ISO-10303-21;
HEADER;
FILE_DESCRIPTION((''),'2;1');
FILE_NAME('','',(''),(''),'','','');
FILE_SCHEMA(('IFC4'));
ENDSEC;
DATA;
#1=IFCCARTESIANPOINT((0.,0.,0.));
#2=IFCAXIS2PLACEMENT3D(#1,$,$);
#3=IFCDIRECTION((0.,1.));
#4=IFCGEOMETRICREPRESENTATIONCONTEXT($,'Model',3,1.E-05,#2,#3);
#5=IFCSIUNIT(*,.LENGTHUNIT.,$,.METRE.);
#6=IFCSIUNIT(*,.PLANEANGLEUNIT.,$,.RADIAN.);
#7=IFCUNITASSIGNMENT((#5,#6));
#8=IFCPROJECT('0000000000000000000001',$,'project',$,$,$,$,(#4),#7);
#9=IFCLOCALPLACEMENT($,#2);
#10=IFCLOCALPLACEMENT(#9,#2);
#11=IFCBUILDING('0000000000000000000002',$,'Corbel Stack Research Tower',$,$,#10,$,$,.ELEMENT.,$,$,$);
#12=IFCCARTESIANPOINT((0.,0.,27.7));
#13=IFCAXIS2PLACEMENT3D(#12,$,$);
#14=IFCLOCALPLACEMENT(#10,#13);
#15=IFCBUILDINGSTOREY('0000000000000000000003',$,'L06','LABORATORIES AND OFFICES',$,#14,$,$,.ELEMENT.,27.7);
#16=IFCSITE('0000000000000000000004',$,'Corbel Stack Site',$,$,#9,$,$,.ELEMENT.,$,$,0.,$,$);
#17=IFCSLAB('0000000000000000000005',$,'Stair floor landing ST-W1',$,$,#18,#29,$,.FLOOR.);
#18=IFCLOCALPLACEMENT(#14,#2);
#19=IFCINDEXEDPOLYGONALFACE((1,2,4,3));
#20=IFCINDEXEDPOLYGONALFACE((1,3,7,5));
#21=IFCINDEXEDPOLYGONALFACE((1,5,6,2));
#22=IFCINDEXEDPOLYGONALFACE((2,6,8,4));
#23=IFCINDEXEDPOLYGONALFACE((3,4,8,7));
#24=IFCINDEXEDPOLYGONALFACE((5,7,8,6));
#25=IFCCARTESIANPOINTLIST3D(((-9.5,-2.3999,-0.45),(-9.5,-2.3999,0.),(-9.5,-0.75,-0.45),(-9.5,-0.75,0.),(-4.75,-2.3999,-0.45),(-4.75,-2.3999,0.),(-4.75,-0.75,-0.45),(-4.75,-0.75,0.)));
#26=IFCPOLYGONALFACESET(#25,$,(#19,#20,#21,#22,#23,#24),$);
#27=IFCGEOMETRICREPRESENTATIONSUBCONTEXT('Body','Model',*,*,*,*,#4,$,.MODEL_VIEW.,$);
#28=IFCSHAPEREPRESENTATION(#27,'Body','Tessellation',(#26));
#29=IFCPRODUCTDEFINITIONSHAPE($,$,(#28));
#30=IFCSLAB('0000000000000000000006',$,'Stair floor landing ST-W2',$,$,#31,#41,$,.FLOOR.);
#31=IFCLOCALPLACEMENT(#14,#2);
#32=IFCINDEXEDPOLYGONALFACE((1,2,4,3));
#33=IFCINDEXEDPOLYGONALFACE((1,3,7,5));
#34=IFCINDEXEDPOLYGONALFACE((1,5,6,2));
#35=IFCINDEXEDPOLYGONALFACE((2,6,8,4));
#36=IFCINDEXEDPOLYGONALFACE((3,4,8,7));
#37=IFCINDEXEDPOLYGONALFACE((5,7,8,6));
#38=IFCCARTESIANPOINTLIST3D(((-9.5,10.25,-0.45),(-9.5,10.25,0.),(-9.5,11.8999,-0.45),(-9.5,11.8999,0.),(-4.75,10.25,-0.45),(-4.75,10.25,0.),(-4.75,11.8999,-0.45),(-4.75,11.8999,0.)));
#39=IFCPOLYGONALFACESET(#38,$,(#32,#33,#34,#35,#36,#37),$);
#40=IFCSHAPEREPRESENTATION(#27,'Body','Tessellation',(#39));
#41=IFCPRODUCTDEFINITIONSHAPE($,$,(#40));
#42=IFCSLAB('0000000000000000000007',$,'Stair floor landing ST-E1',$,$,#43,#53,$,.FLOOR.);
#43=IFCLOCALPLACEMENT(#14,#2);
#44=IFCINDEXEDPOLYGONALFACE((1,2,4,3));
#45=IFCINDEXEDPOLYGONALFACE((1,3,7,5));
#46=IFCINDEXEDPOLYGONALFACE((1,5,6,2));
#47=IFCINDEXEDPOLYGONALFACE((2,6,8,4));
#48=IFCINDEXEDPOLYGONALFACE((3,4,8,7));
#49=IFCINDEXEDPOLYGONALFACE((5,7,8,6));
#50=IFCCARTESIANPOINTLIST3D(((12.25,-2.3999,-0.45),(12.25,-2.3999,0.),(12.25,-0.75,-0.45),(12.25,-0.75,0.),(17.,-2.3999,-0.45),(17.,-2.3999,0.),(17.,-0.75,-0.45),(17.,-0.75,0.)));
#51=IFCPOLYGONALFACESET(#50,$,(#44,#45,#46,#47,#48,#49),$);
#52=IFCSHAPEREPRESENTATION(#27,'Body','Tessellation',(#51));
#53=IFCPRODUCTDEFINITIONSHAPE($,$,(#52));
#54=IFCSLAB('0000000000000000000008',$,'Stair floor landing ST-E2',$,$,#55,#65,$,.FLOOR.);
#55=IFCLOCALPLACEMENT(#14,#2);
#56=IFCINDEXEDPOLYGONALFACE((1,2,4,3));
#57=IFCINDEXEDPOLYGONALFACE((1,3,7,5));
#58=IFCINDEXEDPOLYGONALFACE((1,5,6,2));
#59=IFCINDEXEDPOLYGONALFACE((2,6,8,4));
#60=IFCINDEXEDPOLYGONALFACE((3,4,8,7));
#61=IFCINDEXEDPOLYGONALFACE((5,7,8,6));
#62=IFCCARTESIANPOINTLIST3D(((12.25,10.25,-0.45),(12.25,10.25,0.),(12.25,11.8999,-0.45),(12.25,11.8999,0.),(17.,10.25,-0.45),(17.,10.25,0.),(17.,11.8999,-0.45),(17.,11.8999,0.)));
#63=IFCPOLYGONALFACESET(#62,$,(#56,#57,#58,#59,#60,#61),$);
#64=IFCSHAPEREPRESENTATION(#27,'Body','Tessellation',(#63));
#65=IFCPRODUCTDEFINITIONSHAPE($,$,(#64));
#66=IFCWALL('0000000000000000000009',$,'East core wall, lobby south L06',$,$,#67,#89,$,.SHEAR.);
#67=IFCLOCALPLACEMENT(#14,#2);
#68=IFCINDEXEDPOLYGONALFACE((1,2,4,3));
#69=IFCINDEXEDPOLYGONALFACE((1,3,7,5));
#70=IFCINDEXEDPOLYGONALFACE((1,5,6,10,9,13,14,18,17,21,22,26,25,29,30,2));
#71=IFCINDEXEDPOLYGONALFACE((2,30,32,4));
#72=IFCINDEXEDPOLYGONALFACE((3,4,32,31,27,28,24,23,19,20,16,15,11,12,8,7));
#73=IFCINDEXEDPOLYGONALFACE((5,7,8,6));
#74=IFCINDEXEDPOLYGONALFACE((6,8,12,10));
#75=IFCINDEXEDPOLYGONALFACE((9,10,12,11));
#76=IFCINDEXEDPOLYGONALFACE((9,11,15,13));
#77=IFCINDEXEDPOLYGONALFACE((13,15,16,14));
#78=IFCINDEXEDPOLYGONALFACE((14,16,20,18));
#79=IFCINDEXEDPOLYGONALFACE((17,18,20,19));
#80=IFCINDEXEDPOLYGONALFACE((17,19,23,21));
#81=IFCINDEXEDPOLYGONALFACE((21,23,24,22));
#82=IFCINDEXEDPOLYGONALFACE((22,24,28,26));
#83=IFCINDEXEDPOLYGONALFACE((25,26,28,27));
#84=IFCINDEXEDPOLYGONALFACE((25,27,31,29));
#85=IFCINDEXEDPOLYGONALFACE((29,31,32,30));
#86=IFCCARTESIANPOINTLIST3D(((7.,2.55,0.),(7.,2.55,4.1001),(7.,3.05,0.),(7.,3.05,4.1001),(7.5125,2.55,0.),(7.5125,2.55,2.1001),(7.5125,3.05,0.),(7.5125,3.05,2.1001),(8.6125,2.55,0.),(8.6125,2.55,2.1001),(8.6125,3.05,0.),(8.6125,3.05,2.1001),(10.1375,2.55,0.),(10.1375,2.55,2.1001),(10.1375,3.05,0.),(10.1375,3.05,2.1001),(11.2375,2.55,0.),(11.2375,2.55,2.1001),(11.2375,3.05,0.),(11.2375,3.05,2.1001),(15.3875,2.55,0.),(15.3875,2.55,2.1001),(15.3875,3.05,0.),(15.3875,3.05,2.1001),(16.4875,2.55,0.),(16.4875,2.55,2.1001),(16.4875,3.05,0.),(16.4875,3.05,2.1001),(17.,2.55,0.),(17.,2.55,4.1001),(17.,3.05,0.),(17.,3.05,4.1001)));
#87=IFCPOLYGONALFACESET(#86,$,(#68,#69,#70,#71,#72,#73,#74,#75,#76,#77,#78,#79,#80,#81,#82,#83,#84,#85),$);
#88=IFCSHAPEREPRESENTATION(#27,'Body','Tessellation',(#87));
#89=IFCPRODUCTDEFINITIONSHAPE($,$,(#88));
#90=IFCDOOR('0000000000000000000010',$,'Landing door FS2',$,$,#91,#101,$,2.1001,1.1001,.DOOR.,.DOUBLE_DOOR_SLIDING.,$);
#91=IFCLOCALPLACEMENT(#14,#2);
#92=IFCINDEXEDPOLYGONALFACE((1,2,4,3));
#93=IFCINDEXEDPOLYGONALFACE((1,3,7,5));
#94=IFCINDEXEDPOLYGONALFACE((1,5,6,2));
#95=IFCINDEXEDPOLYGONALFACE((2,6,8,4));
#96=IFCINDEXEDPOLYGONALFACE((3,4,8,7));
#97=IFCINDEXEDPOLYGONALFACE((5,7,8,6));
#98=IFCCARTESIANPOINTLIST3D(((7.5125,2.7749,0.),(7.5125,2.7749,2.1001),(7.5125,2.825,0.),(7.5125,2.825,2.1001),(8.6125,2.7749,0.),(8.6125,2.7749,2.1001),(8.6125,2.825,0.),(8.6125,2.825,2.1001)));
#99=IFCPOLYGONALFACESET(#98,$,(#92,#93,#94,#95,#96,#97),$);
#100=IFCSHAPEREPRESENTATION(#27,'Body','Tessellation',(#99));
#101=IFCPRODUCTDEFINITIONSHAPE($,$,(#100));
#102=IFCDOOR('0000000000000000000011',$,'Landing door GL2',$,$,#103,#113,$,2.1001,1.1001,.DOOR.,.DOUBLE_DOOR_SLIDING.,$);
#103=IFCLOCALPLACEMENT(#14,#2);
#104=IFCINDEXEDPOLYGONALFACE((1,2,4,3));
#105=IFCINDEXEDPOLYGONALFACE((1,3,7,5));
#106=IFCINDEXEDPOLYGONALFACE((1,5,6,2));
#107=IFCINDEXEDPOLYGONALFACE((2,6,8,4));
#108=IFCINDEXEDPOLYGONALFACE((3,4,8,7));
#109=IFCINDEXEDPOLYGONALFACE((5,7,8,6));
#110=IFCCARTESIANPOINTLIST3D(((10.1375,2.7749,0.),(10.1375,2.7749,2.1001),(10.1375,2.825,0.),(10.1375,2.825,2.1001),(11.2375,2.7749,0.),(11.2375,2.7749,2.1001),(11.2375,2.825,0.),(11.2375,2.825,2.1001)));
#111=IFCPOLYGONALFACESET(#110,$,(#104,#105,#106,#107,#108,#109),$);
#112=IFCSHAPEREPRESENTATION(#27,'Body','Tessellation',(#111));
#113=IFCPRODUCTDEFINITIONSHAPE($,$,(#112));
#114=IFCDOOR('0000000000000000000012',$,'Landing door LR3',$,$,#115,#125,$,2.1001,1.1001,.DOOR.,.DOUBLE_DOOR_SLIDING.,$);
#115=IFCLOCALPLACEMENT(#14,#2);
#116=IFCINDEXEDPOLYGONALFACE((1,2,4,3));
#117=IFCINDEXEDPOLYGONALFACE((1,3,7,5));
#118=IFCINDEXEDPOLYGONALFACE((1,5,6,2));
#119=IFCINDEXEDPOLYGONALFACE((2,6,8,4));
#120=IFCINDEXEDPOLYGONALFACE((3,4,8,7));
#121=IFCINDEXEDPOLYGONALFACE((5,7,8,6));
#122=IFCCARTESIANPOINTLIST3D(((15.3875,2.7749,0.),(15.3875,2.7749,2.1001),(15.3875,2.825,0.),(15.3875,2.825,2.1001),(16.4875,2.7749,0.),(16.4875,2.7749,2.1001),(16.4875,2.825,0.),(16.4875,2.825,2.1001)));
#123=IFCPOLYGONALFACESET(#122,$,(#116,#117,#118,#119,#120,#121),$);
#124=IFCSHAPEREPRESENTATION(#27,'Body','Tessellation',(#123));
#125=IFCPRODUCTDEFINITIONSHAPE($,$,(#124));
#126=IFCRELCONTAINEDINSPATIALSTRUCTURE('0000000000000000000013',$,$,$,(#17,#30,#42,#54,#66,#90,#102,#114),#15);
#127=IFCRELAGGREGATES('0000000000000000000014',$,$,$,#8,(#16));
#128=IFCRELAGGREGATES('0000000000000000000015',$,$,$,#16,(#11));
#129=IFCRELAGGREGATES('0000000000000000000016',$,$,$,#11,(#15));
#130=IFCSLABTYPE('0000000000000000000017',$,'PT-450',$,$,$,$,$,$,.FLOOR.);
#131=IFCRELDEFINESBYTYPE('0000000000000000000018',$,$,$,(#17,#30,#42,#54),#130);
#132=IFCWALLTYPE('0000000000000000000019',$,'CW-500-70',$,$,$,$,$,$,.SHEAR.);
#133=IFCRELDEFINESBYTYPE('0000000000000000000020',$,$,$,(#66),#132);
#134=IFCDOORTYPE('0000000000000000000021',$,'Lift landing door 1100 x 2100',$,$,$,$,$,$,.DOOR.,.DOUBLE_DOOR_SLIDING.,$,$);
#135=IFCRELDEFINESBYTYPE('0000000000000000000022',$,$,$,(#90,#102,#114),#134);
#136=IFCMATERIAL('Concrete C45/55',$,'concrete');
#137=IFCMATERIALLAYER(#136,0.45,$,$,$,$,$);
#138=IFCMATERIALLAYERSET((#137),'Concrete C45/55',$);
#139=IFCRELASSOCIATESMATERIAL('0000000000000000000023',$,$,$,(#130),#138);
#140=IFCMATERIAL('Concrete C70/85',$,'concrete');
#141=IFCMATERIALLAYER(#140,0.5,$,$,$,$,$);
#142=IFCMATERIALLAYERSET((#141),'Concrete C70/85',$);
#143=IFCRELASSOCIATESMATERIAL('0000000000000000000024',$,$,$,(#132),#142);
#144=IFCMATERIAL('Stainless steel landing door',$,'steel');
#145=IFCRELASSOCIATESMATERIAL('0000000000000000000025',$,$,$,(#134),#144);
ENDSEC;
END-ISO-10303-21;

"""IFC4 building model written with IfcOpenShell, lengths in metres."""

from ifc_helpers import new_model, si_unit, direction, frame, frame_2d, origin, place, context, subcontext, project, spatial, polyline, rectangle, outline, extrude, material, layer, layer_set, type_object, element, fill, save


model = new_model("IFC4")

# Units and contexts
model_context = context("Model", 3, precision=1e-05, world=origin(), true_north=direction((0.0, 1.0)))
body_context = subcontext(model_context, "Body", "Model", "MODEL_VIEW")
ifc_project = project(units=[si_unit("LENGTHUNIT", "METRE"), si_unit("PLANEANGLEUNIT", "RADIAN")], contexts=[model_context])

# Site, building, storey
site_placement = place(None, origin())
site = spatial("IfcSite", under=ifc_project, at=site_placement, Name="Corbel Stack Site", CompositionType="ELEMENT", RefElevation=0.0)
building_placement = place(site_placement, origin())
building = spatial("IfcBuilding", under=site, at=building_placement, Name="Corbel Stack Research Tower", CompositionType="ELEMENT")
storey_placement = place(building_placement, frame((0.0, 0.0, 27.7)))
storey = spatial("IfcBuildingStorey", under=building, at=storey_placement, Name="L06", Description="LABORATORIES AND OFFICES", CompositionType="ELEMENT", Elevation=27.7)

# Slabs
ifc_material_1 = material(Name="Concrete C45/55", Category="concrete")
ifc_layer_1 = layer(ifc_material_1, 0.45)
ifc_layer_set_1 = layer_set([ifc_layer_1], Name="Concrete C45/55")
slab_type = type_object("IfcSlabType", Name="PT-450", PredefinedType="FLOOR", material=ifc_layer_set_1)
slab_1_placement = place(storey_placement, frame((0.0, 0.0, -0.45)))
element("IfcSlab", 1, at=slab_1_placement, inside=storey, type_object=slab_type, Name="Stair floor landing ST-W1", PredefinedType="FLOOR", context=body_context, shape_type="SweptSolid", body=[
    extrude(outline(polyline([(-9.5, -2.3999), (-4.75, -2.3999), (-4.75, -0.75), (-9.5, -0.75), (-9.5, -2.3999)])), origin(), (0.0, 0.0, 1.0), 0.45),
])
slab_2_placement = place(storey_placement, frame((0.0, 0.0, -0.45)))
element("IfcSlab", 2, at=slab_2_placement, inside=storey, type_object=slab_type, Name="Stair floor landing ST-W2", PredefinedType="FLOOR", context=body_context, shape_type="SweptSolid", body=[
    extrude(outline(polyline([(-9.5, 10.25), (-4.75, 10.25), (-4.75, 11.8999), (-9.5, 11.8999), (-9.5, 10.25)])), origin(), (0.0, 0.0, 1.0), 0.45),
])
slab_3_placement = place(storey_placement, frame((0.0, 0.0, -0.45)))
element("IfcSlab", 3, at=slab_3_placement, inside=storey, type_object=slab_type, Name="Stair floor landing ST-E1", PredefinedType="FLOOR", context=body_context, shape_type="SweptSolid", body=[
    extrude(outline(polyline([(12.25, -2.3999), (17.0, -2.3999), (17.0, -0.75), (12.25, -0.75), (12.25, -2.3999)])), origin(), (0.0, 0.0, 1.0), 0.45),
])
slab_4_placement = place(storey_placement, frame((0.0, 0.0, -0.45)))
element("IfcSlab", 4, at=slab_4_placement, inside=storey, type_object=slab_type, Name="Stair floor landing ST-E2", PredefinedType="FLOOR", context=body_context, shape_type="SweptSolid", body=[
    extrude(outline(polyline([(12.25, 10.25), (17.0, 10.25), (17.0, 11.8999), (12.25, 11.8999), (12.25, 10.25)])), origin(), (0.0, 0.0, 1.0), 0.45),
])

# Wall, openings, doors
ifc_material_2 = material(Name="Concrete C70/85", Category="concrete")
ifc_layer_2 = layer(ifc_material_2, 0.5)
ifc_layer_set_2 = layer_set([ifc_layer_2], Name="Concrete C70/85")
wall_type_1 = type_object("IfcWallType", Name="CW-500-70", PredefinedType="SHEAR", material=ifc_layer_set_2)
wall_1_placement = place(storey_placement, frame((7.0, 2.8, 0.0), z_axis=(0.0, 0.0, 1.0), x_axis=(1.0, 0.0, 0.0)))
wall_1 = element("IfcWall", 5, at=wall_1_placement, inside=storey, type_object=wall_type_1, Name="East core wall, lobby south L06", PredefinedType="SHEAR", context=body_context, shape_type="SweptSolid", body=[
    extrude(rectangle(XDim=10.0, YDim=0.5, at=frame_2d((5.0, 0.0))), origin(), (0.0, 0.0, 1.0), 4.1001),
])
opening_1_placement = place(wall_1_placement, frame((0.5125, 0.0, 0.0)))
opening_1 = element("IfcOpeningElement", 6, at=opening_1_placement, cuts=wall_1, PredefinedType="OPENING", context=body_context, shape_type="SweptSolid", body=[
    extrude(rectangle(XDim=1.1001, YDim=2.1001, at=frame_2d((0.55, 1.05))), frame((0.0, 0.26, 0.0), z_axis=(0.0, -1.0, 0.0), x_axis=(1.0, 0.0, 0.0)), (0.0, 0.0, 1.0), 0.52),
])
opening_2_placement = place(wall_1_placement, frame((3.1375, 0.0, 0.0)))
opening_2 = element("IfcOpeningElement", 7, at=opening_2_placement, cuts=wall_1, PredefinedType="OPENING", context=body_context, shape_type="SweptSolid", body=[
    extrude(rectangle(XDim=1.1001, YDim=2.1001, at=frame_2d((0.55, 1.05))), frame((0.0, 0.26, 0.0), z_axis=(0.0, -1.0, 0.0), x_axis=(1.0, 0.0, 0.0)), (0.0, 0.0, 1.0), 0.52),
])
opening_3_placement = place(wall_1_placement, frame((8.3875, 0.0, 0.0)))
opening_3 = element("IfcOpeningElement", 8, at=opening_3_placement, cuts=wall_1, PredefinedType="OPENING", context=body_context, shape_type="SweptSolid", body=[
    extrude(rectangle(XDim=1.1001, YDim=2.1001, at=frame_2d((0.55, 1.05))), frame((0.0, 0.26, 0.0), z_axis=(0.0, -1.0, 0.0), x_axis=(1.0, 0.0, 0.0)), (0.0, 0.0, 1.0), 0.52),
])
ifc_material_3 = material(Name="Stainless steel landing door", Category="steel")
door_type_1 = type_object("IfcDoorType", Name="Lift landing door 1100 x 2100", OperationType="DOUBLE_DOOR_SLIDING", PredefinedType="DOOR", material=ifc_material_3)
door_1_placement = place(opening_1_placement, origin())
door_1 = element("IfcDoor", 9, at=door_1_placement, inside=storey, type_object=door_type_1, Name="Landing door FS2", OperationType="DOUBLE_DOOR_SLIDING", OverallHeight=2.1001, OverallWidth=1.1001, PredefinedType="DOOR", context=body_context, shape_type="SweptSolid", body=[
    extrude(rectangle(XDim=1.1001, YDim=2.1001, at=frame_2d((0.55, 1.05))), frame((0.0, 0.0249, 0.0), z_axis=(0.0, -1.0, 0.0), x_axis=(1.0, 0.0, 0.0)), (0.0, 0.0, 1.0), 0.05),
])
fill(opening_1, door_1)
door_2_placement = place(opening_2_placement, origin())
door_2 = element("IfcDoor", 10, at=door_2_placement, inside=storey, type_object=door_type_1, Name="Landing door GL2", OperationType="DOUBLE_DOOR_SLIDING", OverallHeight=2.1001, OverallWidth=1.1001, PredefinedType="DOOR", context=body_context, shape_type="SweptSolid", body=[
    extrude(rectangle(XDim=1.1001, YDim=2.1001, at=frame_2d((0.55, 1.05))), frame((0.0, 0.0249, 0.0), z_axis=(0.0, -1.0, 0.0), x_axis=(1.0, 0.0, 0.0)), (0.0, 0.0, 1.0), 0.05),
])
fill(opening_2, door_2)
door_3_placement = place(opening_3_placement, origin())
door_3 = element("IfcDoor", 11, at=door_3_placement, inside=storey, type_object=door_type_1, Name="Landing door LR3", OperationType="DOUBLE_DOOR_SLIDING", OverallHeight=2.1001, OverallWidth=1.1001, PredefinedType="DOOR", context=body_context, shape_type="SweptSolid", body=[
    extrude(rectangle(XDim=1.1001, YDim=2.1001, at=frame_2d((0.55, 1.05))), frame((0.0, 0.0249, 0.0), z_axis=(0.0, -1.0, 0.0), x_axis=(1.0, 0.0, 0.0)), (0.0, 0.0, 1.0), 0.05),
])
fill(opening_3, door_3)

save(model, "model.ifc")
